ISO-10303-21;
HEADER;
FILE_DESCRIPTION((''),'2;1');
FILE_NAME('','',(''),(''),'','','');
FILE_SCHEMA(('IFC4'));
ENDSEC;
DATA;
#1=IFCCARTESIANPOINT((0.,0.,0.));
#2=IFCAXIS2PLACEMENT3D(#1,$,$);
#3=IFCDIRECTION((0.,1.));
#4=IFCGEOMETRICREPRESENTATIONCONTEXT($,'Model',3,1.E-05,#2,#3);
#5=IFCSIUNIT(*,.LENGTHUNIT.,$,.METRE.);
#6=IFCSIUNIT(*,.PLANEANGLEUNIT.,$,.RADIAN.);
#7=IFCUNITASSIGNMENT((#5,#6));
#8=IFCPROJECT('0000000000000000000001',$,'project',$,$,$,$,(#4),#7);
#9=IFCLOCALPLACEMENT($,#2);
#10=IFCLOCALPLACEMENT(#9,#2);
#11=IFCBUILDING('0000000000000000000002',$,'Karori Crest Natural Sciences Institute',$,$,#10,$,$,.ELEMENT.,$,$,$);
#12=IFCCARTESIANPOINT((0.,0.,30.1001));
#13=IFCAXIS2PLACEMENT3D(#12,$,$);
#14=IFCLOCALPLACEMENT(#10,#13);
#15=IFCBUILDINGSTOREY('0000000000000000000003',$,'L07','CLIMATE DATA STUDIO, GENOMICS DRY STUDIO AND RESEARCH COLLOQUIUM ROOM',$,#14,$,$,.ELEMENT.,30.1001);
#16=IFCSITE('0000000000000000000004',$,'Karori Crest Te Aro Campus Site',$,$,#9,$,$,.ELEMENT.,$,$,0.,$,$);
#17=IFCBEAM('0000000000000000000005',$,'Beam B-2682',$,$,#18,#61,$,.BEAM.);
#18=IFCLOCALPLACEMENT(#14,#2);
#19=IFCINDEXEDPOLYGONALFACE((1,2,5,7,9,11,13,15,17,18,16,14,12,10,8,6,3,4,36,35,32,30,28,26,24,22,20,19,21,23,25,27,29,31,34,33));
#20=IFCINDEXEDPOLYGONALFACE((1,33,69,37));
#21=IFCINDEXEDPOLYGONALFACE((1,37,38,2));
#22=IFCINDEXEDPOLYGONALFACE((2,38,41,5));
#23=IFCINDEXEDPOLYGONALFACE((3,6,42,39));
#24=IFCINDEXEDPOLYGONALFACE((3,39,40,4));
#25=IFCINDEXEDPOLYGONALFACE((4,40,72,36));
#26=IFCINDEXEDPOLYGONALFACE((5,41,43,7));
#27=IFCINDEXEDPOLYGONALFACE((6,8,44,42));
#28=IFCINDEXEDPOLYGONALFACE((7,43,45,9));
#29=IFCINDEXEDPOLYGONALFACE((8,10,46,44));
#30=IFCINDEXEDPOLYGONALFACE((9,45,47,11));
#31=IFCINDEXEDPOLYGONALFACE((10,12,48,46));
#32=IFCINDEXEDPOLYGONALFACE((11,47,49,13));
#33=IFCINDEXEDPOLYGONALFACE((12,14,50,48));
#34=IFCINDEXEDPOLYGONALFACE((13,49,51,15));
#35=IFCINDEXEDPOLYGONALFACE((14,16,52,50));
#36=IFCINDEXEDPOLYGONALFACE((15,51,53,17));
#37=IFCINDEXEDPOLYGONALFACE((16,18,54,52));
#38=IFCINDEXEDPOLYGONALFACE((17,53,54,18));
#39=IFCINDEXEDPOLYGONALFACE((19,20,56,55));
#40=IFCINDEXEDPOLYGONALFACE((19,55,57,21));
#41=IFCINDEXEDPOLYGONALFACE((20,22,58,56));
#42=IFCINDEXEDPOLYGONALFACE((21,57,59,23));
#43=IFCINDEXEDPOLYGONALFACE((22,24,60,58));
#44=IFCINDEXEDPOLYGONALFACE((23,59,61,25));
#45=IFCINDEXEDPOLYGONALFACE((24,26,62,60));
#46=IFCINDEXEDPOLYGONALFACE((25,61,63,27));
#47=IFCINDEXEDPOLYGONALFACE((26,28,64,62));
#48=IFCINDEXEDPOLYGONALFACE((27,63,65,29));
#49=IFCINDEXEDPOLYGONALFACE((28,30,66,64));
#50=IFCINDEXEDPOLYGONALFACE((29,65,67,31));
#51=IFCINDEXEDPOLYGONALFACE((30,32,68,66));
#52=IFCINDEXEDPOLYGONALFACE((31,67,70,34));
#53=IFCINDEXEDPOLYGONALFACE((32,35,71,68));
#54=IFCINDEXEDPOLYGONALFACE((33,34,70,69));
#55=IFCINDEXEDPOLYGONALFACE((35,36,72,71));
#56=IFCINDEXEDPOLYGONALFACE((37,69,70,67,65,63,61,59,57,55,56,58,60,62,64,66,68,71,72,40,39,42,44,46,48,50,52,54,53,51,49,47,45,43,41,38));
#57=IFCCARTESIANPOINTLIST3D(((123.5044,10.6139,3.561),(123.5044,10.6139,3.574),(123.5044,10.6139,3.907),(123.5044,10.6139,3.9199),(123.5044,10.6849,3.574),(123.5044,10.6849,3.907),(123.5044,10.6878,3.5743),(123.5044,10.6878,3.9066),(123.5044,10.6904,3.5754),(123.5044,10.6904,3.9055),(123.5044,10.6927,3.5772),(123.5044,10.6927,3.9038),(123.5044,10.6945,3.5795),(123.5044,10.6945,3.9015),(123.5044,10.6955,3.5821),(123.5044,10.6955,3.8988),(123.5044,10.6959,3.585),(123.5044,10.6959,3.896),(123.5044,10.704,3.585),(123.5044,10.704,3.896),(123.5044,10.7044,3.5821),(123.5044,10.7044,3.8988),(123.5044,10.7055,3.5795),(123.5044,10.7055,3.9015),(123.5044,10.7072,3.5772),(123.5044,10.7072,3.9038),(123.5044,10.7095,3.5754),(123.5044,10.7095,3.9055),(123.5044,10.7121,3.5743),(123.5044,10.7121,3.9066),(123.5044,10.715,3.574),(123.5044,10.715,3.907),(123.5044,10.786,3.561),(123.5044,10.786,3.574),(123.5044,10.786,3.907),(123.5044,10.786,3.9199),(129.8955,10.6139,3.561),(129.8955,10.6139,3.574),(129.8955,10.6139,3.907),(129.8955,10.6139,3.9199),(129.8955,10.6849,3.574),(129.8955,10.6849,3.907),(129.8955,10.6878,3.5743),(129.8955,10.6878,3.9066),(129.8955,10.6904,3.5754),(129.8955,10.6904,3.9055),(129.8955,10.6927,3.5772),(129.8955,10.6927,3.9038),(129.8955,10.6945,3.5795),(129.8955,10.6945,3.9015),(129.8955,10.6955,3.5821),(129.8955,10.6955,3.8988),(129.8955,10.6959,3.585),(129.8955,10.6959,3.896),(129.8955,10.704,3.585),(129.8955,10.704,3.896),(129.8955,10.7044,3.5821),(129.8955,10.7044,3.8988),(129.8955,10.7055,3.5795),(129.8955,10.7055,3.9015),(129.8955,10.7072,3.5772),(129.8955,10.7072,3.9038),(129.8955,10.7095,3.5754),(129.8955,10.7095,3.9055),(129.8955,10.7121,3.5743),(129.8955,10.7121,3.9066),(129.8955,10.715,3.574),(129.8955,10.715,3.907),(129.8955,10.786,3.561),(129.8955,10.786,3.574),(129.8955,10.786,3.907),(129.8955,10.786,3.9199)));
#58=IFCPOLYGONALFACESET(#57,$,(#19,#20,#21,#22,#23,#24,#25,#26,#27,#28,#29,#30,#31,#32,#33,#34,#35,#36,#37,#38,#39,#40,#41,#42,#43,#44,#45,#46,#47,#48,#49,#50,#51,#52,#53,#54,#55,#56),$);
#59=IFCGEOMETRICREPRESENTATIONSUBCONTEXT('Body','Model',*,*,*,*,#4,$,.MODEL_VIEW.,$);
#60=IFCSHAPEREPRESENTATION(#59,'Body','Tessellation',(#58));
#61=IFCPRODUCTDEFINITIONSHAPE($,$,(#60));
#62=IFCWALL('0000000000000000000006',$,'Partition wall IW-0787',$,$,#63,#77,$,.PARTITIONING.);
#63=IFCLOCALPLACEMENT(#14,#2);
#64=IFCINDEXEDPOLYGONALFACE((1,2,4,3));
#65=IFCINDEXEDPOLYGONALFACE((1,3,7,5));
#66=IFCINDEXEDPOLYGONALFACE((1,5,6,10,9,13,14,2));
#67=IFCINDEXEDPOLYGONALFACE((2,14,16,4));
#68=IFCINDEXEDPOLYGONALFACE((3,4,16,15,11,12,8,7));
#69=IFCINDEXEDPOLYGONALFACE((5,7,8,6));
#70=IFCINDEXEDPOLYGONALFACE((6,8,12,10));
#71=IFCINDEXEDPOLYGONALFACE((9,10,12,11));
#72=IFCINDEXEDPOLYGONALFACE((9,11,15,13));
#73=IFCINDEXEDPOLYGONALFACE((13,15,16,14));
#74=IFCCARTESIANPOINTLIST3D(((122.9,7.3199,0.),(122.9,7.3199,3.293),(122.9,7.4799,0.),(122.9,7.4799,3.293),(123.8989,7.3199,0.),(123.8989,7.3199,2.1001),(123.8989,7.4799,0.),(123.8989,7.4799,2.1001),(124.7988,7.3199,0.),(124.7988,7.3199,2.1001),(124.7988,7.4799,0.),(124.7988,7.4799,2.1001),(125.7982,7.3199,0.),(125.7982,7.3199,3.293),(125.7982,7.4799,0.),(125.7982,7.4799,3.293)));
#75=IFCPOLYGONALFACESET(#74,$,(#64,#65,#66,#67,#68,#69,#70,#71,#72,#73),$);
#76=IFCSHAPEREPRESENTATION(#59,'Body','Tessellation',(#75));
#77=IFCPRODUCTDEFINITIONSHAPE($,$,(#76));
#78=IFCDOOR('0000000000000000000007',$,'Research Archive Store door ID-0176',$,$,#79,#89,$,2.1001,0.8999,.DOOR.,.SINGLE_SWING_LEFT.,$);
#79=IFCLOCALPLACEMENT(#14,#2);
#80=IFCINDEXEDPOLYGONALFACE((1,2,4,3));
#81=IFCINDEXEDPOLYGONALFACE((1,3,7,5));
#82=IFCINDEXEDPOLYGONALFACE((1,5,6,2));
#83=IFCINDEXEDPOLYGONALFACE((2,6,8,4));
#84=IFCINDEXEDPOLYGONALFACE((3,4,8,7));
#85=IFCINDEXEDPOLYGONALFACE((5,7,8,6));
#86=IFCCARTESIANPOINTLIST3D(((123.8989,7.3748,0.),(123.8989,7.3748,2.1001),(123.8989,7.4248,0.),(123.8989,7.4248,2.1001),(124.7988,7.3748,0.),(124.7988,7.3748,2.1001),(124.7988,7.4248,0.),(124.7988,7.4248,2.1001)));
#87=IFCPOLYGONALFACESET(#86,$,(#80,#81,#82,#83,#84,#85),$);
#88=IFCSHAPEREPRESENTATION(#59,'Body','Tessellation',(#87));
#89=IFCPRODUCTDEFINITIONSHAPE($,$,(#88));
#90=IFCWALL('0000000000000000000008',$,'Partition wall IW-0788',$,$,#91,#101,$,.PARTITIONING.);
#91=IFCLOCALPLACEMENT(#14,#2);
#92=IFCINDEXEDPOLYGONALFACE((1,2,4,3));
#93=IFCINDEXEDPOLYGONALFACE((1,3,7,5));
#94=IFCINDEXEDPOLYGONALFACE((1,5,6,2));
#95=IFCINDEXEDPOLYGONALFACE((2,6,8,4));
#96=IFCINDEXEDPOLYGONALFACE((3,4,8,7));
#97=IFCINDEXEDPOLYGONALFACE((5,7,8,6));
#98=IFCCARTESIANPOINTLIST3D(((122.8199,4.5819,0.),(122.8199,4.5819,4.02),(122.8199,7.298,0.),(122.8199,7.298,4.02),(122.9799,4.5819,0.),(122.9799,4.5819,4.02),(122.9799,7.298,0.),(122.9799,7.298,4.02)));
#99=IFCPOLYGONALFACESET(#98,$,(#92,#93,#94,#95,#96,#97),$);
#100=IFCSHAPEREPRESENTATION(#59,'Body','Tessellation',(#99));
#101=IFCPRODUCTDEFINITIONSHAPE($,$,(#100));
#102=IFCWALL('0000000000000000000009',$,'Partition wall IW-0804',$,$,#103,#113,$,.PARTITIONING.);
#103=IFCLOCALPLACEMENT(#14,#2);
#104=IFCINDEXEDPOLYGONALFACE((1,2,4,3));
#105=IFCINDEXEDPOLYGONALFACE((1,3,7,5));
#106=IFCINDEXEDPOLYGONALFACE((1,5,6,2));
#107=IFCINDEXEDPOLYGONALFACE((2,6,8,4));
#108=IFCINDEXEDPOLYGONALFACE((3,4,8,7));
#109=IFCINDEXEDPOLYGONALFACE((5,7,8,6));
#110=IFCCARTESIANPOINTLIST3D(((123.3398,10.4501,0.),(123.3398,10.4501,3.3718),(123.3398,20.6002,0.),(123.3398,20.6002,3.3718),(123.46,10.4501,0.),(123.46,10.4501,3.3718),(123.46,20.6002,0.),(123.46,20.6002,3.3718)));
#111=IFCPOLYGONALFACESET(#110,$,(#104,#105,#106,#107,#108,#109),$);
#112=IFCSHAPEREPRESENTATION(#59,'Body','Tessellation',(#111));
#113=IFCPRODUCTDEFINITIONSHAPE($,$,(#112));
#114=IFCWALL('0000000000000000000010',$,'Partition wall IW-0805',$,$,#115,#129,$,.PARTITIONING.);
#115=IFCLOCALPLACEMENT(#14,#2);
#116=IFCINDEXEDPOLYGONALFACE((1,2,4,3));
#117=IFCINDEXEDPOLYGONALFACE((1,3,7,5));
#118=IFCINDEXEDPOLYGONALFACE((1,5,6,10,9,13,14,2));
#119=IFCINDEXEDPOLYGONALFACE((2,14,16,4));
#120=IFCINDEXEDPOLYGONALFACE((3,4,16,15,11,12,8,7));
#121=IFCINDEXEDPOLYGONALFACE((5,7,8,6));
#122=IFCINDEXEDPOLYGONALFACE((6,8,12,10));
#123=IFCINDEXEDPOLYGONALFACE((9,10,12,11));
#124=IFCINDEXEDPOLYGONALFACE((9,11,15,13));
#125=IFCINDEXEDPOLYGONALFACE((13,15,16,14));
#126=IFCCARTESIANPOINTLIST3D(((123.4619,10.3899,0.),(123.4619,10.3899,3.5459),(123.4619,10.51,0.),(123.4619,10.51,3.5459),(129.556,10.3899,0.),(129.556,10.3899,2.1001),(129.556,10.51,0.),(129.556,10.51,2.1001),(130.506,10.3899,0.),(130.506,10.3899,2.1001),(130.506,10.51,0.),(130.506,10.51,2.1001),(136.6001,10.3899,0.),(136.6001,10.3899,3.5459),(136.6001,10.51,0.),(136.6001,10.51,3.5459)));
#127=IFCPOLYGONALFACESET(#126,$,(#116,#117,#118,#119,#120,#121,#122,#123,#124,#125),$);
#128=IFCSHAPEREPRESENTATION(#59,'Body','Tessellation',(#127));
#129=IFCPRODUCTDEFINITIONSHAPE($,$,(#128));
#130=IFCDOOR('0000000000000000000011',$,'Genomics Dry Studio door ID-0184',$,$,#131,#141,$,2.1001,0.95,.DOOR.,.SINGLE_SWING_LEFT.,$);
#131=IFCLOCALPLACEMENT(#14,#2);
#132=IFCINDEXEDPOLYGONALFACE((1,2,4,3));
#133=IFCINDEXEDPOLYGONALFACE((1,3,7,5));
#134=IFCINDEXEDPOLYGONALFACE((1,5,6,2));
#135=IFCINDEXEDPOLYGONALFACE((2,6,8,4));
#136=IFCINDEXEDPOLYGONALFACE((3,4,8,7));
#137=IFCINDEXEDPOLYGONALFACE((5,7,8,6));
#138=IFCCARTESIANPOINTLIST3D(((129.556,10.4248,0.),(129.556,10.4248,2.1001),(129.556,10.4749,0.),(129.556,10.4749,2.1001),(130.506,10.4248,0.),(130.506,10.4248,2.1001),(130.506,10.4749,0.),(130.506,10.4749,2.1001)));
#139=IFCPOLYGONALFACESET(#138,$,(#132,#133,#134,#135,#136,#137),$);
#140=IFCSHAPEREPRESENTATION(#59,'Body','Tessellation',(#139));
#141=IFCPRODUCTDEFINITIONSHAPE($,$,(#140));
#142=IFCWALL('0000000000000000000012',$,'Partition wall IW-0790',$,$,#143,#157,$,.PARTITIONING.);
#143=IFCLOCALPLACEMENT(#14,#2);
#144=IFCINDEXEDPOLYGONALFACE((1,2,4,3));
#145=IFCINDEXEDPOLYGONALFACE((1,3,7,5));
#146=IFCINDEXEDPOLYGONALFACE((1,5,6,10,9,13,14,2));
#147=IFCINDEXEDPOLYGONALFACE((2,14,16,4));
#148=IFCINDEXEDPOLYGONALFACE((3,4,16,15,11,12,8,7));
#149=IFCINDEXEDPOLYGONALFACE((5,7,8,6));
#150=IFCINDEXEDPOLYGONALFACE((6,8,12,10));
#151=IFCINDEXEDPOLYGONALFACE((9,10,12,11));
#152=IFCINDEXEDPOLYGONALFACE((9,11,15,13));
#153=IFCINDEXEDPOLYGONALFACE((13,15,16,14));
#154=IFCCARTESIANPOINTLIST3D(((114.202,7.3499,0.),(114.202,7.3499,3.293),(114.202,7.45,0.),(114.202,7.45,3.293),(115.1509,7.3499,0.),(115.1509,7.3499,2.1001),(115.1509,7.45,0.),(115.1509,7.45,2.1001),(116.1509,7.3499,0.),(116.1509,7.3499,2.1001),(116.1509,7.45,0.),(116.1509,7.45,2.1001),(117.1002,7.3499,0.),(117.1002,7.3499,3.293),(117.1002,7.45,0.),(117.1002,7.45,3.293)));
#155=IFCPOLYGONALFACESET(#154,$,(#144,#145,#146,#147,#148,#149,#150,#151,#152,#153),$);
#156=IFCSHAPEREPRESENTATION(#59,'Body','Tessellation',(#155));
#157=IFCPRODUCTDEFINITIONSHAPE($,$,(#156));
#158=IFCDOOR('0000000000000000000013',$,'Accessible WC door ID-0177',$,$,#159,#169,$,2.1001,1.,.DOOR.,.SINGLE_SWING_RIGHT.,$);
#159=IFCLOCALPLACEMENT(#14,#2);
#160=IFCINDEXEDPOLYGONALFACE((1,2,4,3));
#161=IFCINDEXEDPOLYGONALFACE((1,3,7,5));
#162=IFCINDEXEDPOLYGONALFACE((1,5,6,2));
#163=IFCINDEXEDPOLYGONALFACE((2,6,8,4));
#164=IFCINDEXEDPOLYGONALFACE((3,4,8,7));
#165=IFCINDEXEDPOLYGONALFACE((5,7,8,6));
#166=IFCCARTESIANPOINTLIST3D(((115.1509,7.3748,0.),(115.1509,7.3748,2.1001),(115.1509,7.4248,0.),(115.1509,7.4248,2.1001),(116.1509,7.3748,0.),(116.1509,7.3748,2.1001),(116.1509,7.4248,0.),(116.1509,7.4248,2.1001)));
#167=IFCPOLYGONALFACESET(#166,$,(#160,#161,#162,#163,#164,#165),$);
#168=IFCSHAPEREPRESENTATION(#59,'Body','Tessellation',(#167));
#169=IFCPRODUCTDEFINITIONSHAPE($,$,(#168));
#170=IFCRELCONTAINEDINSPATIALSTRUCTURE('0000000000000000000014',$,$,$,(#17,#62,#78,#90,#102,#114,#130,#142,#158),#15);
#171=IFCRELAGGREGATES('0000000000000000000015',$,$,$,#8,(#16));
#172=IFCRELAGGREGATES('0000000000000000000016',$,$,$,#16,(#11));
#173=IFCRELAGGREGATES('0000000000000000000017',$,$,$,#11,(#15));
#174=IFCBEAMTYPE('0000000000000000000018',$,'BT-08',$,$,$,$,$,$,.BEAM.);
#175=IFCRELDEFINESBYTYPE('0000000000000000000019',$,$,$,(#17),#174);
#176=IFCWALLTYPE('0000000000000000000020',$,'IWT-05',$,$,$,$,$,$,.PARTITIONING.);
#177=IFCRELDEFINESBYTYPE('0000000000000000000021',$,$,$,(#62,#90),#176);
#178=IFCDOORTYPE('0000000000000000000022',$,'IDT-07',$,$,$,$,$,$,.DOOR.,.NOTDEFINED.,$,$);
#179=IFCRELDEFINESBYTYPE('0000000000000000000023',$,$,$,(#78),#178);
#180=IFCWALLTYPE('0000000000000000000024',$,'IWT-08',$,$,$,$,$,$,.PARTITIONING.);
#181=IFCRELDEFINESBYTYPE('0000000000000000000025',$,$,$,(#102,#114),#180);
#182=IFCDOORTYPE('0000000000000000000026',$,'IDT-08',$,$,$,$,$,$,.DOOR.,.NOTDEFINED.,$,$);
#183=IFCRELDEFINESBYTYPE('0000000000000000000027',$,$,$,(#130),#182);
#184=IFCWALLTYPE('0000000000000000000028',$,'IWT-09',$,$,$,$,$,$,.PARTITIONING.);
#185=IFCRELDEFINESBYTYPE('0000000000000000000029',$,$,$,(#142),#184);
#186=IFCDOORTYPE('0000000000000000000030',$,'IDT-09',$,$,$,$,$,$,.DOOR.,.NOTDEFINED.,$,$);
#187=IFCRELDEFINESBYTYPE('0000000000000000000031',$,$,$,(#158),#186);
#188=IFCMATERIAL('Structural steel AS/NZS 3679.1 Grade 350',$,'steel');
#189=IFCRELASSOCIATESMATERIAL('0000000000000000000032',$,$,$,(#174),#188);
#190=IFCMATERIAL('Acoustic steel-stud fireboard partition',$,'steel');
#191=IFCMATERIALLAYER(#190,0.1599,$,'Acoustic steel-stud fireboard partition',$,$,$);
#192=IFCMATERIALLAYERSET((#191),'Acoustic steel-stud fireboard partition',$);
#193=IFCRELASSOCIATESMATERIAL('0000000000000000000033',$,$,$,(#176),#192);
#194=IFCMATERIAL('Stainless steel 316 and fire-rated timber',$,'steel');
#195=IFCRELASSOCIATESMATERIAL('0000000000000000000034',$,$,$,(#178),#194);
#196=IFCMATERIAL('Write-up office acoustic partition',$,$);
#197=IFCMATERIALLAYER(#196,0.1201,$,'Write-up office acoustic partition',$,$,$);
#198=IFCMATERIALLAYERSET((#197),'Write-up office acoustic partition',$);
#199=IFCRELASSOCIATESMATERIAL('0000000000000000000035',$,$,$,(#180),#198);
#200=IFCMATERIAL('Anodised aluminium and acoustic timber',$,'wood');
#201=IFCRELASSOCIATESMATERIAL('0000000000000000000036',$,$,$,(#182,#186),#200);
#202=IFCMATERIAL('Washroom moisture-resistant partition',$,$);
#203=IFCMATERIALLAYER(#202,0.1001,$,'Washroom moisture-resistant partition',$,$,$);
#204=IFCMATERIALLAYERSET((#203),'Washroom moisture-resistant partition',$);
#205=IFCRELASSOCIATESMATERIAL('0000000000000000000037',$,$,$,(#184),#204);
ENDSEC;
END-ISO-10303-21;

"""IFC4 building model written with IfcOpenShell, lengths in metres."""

from ifc_helpers import new_model, si_unit, direction, frame, frame_2d, origin, origin_2d, place, context, subcontext, project, spatial, rectangle, i_section, extrude, material, layer, layer_set, material_profile, profile_set, type_object, element, fill, save


model = new_model("IFC4")

# Units and contexts
model_context = context("Model", 3, precision=1e-05, world=origin(), true_north=direction((0.0, 1.0)))
body_context = subcontext(model_context, "Body", "Model", "MODEL_VIEW")
ifc_project = project(units=[si_unit("LENGTHUNIT", "METRE"), si_unit("PLANEANGLEUNIT", "RADIAN")], contexts=[model_context])

# Site, building, storey
site_placement = place(None, origin())
site = spatial("IfcSite", under=ifc_project, at=site_placement, Name="Karori Crest Te Aro Campus Site", CompositionType="ELEMENT", RefElevation=0.0)
building_placement = place(site_placement, origin())
building = spatial("IfcBuilding", under=site, at=building_placement, Name="Karori Crest Natural Sciences Institute", CompositionType="ELEMENT")
storey_placement = place(building_placement, frame((0.0, 0.0, 30.1001)))
storey = spatial("IfcBuildingStorey", under=building, at=storey_placement, Name="L07", Description="CLIMATE DATA STUDIO, GENOMICS DRY STUDIO AND RESEARCH COLLOQUIUM ROOM", CompositionType="ELEMENT", Elevation=30.1001)

# Shared definitions
ifc_material_1 = material(Name="Structural steel AS/NZS 3679.1 Grade 350", Category="steel")

# Beam
ifc_material_profile_1 = material_profile(ifc_material_1, i_section(OverallWidth=0.1721, OverallDepth=0.3589, WebThickness=0.0081, FlangeThickness=0.0129, FilletRadius=0.011, at=origin_2d()), Name="360UB56.7")
ifc_profile_set_1 = profile_set([ifc_material_profile_1], Name="Structural steel AS/NZS 3679.1 Grade 350")
beam_type_1 = type_object("IfcBeamType", Name="BT-08", PredefinedType="BEAM", material=ifc_profile_set_1)
beam_1_placement = place(storey_placement, frame((123.5044, 10.7, 3.7405), z_axis=(1.0, 0.0, 0.0), x_axis=(0.0, 1.0, 0.0)))
element("IfcBeam", 1, at=beam_1_placement, inside=storey, type_object=beam_type_1, Name="Beam B-2682", PredefinedType="BEAM", context=body_context, shape_type="SweptSolid", body=[
    extrude(i_section(OverallWidth=0.1721, OverallDepth=0.3589, WebThickness=0.0081, FlangeThickness=0.0129, FilletRadius=0.011, at=origin_2d()), origin(), (0.0, 0.0, 1.0), 6.3911),
])

# Wall, opening, door
ifc_material_2 = material(Name="Acoustic steel-stud fireboard partition", Category="steel")
ifc_layer_1 = layer(ifc_material_2, 0.1599, Name="Acoustic steel-stud fireboard partition")
ifc_layer_set_1 = layer_set([ifc_layer_1], Name="Acoustic steel-stud fireboard partition")
wall_type_1 = type_object("IfcWallType", Name="IWT-05", PredefinedType="PARTITIONING", material=ifc_layer_set_1)
wall_1_placement = place(storey_placement, frame((122.8999, 7.3999, 0.0), z_axis=(0.0, 0.0, 1.0), x_axis=(1.0, 0.0, 0.0)))
wall_1 = element("IfcWall", 2, at=wall_1_placement, inside=storey, type_object=wall_type_1, Name="Partition wall IW-0787", PredefinedType="PARTITIONING", context=body_context, shape_type="SweptSolid", body=[
    extrude(rectangle(XDim=2.8982, YDim=0.1599, at=frame_2d((1.4492, 0.0))), origin(), (0.0, 0.0, 1.0), 3.293),
])
opening_1_placement = place(wall_1_placement, frame((0.999, 0.0, 0.0)))
opening_1 = element("IfcOpeningElement", 3, at=opening_1_placement, cuts=wall_1, PredefinedType="OPENING", context=body_context, shape_type="SweptSolid", body=[
    extrude(rectangle(XDim=0.8999, YDim=2.1001, at=frame_2d((0.45, 1.05))), frame((0.0, 0.0898, 0.0), z_axis=(0.0, -1.0, 0.0), x_axis=(1.0, 0.0, 0.0)), (0.0, 0.0, 1.0), 0.1799),
])
ifc_material_3 = material(Name="Stainless steel 316 and fire-rated timber", Category="steel")
door_type_1 = type_object("IfcDoorType", Name="IDT-07", OperationType="NOTDEFINED", PredefinedType="DOOR", material=ifc_material_3)
door_1_placement = place(opening_1_placement, origin())
door_1 = element("IfcDoor", 4, at=door_1_placement, inside=storey, type_object=door_type_1, Name="Research Archive Store door ID-0176", OperationType="SINGLE_SWING_LEFT", OverallHeight=2.1001, OverallWidth=0.8999, PredefinedType="DOOR", context=body_context, shape_type="SweptSolid", body=[
    extrude(rectangle(XDim=0.8999, YDim=2.1001, at=frame_2d((0.45, 1.05))), frame((0.0, 0.0249, 0.0), z_axis=(0.0, -1.0, 0.0), x_axis=(1.0, 0.0, 0.0)), (0.0, 0.0, 1.0), 0.05),
])
fill(opening_1, door_1)

# Walls
wall_2_placement = place(storey_placement, frame((122.8999, 4.582, 0.0), z_axis=(0.0, 0.0, 1.0), x_axis=(0.0, 1.0, 0.0)))
element("IfcWall", 5, at=wall_2_placement, inside=storey, type_object=wall_type_1, Name="Partition wall IW-0788", PredefinedType="PARTITIONING", context=body_context, shape_type="SweptSolid", body=[
    extrude(rectangle(XDim=2.7161, YDim=0.1599, at=frame_2d((1.3579, 0.0))), origin(), (0.0, 0.0, 1.0), 4.02),
])
ifc_material_4 = material(Name="Write-up office acoustic partition")
ifc_layer_2 = layer(ifc_material_4, 0.1201, Name="Write-up office acoustic partition")
ifc_layer_set_2 = layer_set([ifc_layer_2], Name="Write-up office acoustic partition")
wall_type_2 = type_object("IfcWallType", Name="IWT-08", PredefinedType="PARTITIONING", material=ifc_layer_set_2)
wall_3_placement = place(storey_placement, frame((123.3999, 10.45, 0.0), z_axis=(0.0, 0.0, 1.0), x_axis=(0.0, 1.0, 0.0)))
element("IfcWall", 6, at=wall_3_placement, inside=storey, type_object=wall_type_2, Name="Partition wall IW-0804", PredefinedType="PARTITIONING", context=body_context, shape_type="SweptSolid", body=[
    extrude(rectangle(XDim=10.1501, YDim=0.1201, at=frame_2d((5.0752, 0.0))), origin(), (0.0, 0.0, 1.0), 3.3718),
])

# Walls, openings, doors
wall_4_placement = place(storey_placement, frame((123.4619, 10.45, 0.0), z_axis=(0.0, 0.0, 1.0), x_axis=(1.0, 0.0, 0.0)))
wall_4 = element("IfcWall", 7, at=wall_4_placement, inside=storey, type_object=wall_type_2, Name="Partition wall IW-0805", PredefinedType="PARTITIONING", context=body_context, shape_type="SweptSolid", body=[
    extrude(rectangle(XDim=13.1382, YDim=0.1201, at=frame_2d((6.5691, 0.0))), origin(), (0.0, 0.0, 1.0), 3.5459),
])
opening_2_placement = place(wall_4_placement, frame((6.094, 0.0, 0.0)))
opening_2 = element("IfcOpeningElement", 8, at=opening_2_placement, cuts=wall_4, PredefinedType="OPENING", context=body_context, shape_type="SweptSolid", body=[
    extrude(rectangle(XDim=0.95, YDim=2.1001, at=frame_2d((0.4751, 1.05))), frame((0.0, 0.0701, 0.0), z_axis=(0.0, -1.0, 0.0), x_axis=(1.0, 0.0, 0.0)), (0.0, 0.0, 1.0), 0.1401),
])
ifc_material_5 = material(Name="Anodised aluminium and acoustic timber", Category="wood")
door_type_2 = type_object("IfcDoorType", Name="IDT-08", OperationType="NOTDEFINED", PredefinedType="DOOR", material=ifc_material_5)
door_2_placement = place(opening_2_placement, origin())
door_2 = element("IfcDoor", 9, at=door_2_placement, inside=storey, type_object=door_type_2, Name="Genomics Dry Studio door ID-0184", OperationType="SINGLE_SWING_LEFT", OverallHeight=2.1001, OverallWidth=0.95, PredefinedType="DOOR", context=body_context, shape_type="SweptSolid", body=[
    extrude(rectangle(XDim=0.95, YDim=2.1001, at=frame_2d((0.4751, 1.05))), frame((0.0, 0.0249, 0.0), z_axis=(0.0, -1.0, 0.0), x_axis=(1.0, 0.0, 0.0)), (0.0, 0.0, 1.0), 0.05),
])
fill(opening_2, door_2)
ifc_material_6 = material(Name="Washroom moisture-resistant partition")
ifc_layer_3 = layer(ifc_material_6, 0.1001, Name="Washroom moisture-resistant partition")
ifc_layer_set_3 = layer_set([ifc_layer_3], Name="Washroom moisture-resistant partition")
wall_type_3 = type_object("IfcWallType", Name="IWT-09", PredefinedType="PARTITIONING", material=ifc_layer_set_3)
wall_5_placement = place(storey_placement, frame((114.2019, 7.3999, 0.0), z_axis=(0.0, 0.0, 1.0), x_axis=(1.0, 0.0, 0.0)))
wall_5 = element("IfcWall", 10, at=wall_5_placement, inside=storey, type_object=wall_type_3, Name="Partition wall IW-0790", PredefinedType="PARTITIONING", context=body_context, shape_type="SweptSolid", body=[
    extrude(rectangle(XDim=2.8982, YDim=0.1001, at=frame_2d((1.4492, 0.0))), origin(), (0.0, 0.0, 1.0), 3.293),
])
opening_3_placement = place(wall_5_placement, frame((0.949, 0.0, 0.0)))
opening_3 = element("IfcOpeningElement", 11, at=opening_3_placement, cuts=wall_5, PredefinedType="OPENING", context=body_context, shape_type="SweptSolid", body=[
    extrude(rectangle(XDim=1.0, YDim=2.1001, at=frame_2d((0.5, 1.05))), frame((0.0, 0.0601, 0.0), z_axis=(0.0, -1.0, 0.0), x_axis=(1.0, 0.0, 0.0)), (0.0, 0.0, 1.0), 0.1201),
])
door_type_3 = type_object("IfcDoorType", Name="IDT-09", OperationType="NOTDEFINED", PredefinedType="DOOR", material=ifc_material_5)
door_3_placement = place(opening_3_placement, origin())
door_3 = element("IfcDoor", 12, at=door_3_placement, inside=storey, type_object=door_type_3, Name="Accessible WC door ID-0177", OperationType="SINGLE_SWING_RIGHT", OverallHeight=2.1001, OverallWidth=1.0, PredefinedType="DOOR", context=body_context, shape_type="SweptSolid", body=[
    extrude(rectangle(XDim=1.0, YDim=2.1001, at=frame_2d((0.5, 1.05))), frame((0.0, 0.0249, 0.0), z_axis=(0.0, -1.0, 0.0), x_axis=(1.0, 0.0, 0.0)), (0.0, 0.0, 1.0), 0.05),
])
fill(opening_3, door_3)

save(model, "model.ifc")
